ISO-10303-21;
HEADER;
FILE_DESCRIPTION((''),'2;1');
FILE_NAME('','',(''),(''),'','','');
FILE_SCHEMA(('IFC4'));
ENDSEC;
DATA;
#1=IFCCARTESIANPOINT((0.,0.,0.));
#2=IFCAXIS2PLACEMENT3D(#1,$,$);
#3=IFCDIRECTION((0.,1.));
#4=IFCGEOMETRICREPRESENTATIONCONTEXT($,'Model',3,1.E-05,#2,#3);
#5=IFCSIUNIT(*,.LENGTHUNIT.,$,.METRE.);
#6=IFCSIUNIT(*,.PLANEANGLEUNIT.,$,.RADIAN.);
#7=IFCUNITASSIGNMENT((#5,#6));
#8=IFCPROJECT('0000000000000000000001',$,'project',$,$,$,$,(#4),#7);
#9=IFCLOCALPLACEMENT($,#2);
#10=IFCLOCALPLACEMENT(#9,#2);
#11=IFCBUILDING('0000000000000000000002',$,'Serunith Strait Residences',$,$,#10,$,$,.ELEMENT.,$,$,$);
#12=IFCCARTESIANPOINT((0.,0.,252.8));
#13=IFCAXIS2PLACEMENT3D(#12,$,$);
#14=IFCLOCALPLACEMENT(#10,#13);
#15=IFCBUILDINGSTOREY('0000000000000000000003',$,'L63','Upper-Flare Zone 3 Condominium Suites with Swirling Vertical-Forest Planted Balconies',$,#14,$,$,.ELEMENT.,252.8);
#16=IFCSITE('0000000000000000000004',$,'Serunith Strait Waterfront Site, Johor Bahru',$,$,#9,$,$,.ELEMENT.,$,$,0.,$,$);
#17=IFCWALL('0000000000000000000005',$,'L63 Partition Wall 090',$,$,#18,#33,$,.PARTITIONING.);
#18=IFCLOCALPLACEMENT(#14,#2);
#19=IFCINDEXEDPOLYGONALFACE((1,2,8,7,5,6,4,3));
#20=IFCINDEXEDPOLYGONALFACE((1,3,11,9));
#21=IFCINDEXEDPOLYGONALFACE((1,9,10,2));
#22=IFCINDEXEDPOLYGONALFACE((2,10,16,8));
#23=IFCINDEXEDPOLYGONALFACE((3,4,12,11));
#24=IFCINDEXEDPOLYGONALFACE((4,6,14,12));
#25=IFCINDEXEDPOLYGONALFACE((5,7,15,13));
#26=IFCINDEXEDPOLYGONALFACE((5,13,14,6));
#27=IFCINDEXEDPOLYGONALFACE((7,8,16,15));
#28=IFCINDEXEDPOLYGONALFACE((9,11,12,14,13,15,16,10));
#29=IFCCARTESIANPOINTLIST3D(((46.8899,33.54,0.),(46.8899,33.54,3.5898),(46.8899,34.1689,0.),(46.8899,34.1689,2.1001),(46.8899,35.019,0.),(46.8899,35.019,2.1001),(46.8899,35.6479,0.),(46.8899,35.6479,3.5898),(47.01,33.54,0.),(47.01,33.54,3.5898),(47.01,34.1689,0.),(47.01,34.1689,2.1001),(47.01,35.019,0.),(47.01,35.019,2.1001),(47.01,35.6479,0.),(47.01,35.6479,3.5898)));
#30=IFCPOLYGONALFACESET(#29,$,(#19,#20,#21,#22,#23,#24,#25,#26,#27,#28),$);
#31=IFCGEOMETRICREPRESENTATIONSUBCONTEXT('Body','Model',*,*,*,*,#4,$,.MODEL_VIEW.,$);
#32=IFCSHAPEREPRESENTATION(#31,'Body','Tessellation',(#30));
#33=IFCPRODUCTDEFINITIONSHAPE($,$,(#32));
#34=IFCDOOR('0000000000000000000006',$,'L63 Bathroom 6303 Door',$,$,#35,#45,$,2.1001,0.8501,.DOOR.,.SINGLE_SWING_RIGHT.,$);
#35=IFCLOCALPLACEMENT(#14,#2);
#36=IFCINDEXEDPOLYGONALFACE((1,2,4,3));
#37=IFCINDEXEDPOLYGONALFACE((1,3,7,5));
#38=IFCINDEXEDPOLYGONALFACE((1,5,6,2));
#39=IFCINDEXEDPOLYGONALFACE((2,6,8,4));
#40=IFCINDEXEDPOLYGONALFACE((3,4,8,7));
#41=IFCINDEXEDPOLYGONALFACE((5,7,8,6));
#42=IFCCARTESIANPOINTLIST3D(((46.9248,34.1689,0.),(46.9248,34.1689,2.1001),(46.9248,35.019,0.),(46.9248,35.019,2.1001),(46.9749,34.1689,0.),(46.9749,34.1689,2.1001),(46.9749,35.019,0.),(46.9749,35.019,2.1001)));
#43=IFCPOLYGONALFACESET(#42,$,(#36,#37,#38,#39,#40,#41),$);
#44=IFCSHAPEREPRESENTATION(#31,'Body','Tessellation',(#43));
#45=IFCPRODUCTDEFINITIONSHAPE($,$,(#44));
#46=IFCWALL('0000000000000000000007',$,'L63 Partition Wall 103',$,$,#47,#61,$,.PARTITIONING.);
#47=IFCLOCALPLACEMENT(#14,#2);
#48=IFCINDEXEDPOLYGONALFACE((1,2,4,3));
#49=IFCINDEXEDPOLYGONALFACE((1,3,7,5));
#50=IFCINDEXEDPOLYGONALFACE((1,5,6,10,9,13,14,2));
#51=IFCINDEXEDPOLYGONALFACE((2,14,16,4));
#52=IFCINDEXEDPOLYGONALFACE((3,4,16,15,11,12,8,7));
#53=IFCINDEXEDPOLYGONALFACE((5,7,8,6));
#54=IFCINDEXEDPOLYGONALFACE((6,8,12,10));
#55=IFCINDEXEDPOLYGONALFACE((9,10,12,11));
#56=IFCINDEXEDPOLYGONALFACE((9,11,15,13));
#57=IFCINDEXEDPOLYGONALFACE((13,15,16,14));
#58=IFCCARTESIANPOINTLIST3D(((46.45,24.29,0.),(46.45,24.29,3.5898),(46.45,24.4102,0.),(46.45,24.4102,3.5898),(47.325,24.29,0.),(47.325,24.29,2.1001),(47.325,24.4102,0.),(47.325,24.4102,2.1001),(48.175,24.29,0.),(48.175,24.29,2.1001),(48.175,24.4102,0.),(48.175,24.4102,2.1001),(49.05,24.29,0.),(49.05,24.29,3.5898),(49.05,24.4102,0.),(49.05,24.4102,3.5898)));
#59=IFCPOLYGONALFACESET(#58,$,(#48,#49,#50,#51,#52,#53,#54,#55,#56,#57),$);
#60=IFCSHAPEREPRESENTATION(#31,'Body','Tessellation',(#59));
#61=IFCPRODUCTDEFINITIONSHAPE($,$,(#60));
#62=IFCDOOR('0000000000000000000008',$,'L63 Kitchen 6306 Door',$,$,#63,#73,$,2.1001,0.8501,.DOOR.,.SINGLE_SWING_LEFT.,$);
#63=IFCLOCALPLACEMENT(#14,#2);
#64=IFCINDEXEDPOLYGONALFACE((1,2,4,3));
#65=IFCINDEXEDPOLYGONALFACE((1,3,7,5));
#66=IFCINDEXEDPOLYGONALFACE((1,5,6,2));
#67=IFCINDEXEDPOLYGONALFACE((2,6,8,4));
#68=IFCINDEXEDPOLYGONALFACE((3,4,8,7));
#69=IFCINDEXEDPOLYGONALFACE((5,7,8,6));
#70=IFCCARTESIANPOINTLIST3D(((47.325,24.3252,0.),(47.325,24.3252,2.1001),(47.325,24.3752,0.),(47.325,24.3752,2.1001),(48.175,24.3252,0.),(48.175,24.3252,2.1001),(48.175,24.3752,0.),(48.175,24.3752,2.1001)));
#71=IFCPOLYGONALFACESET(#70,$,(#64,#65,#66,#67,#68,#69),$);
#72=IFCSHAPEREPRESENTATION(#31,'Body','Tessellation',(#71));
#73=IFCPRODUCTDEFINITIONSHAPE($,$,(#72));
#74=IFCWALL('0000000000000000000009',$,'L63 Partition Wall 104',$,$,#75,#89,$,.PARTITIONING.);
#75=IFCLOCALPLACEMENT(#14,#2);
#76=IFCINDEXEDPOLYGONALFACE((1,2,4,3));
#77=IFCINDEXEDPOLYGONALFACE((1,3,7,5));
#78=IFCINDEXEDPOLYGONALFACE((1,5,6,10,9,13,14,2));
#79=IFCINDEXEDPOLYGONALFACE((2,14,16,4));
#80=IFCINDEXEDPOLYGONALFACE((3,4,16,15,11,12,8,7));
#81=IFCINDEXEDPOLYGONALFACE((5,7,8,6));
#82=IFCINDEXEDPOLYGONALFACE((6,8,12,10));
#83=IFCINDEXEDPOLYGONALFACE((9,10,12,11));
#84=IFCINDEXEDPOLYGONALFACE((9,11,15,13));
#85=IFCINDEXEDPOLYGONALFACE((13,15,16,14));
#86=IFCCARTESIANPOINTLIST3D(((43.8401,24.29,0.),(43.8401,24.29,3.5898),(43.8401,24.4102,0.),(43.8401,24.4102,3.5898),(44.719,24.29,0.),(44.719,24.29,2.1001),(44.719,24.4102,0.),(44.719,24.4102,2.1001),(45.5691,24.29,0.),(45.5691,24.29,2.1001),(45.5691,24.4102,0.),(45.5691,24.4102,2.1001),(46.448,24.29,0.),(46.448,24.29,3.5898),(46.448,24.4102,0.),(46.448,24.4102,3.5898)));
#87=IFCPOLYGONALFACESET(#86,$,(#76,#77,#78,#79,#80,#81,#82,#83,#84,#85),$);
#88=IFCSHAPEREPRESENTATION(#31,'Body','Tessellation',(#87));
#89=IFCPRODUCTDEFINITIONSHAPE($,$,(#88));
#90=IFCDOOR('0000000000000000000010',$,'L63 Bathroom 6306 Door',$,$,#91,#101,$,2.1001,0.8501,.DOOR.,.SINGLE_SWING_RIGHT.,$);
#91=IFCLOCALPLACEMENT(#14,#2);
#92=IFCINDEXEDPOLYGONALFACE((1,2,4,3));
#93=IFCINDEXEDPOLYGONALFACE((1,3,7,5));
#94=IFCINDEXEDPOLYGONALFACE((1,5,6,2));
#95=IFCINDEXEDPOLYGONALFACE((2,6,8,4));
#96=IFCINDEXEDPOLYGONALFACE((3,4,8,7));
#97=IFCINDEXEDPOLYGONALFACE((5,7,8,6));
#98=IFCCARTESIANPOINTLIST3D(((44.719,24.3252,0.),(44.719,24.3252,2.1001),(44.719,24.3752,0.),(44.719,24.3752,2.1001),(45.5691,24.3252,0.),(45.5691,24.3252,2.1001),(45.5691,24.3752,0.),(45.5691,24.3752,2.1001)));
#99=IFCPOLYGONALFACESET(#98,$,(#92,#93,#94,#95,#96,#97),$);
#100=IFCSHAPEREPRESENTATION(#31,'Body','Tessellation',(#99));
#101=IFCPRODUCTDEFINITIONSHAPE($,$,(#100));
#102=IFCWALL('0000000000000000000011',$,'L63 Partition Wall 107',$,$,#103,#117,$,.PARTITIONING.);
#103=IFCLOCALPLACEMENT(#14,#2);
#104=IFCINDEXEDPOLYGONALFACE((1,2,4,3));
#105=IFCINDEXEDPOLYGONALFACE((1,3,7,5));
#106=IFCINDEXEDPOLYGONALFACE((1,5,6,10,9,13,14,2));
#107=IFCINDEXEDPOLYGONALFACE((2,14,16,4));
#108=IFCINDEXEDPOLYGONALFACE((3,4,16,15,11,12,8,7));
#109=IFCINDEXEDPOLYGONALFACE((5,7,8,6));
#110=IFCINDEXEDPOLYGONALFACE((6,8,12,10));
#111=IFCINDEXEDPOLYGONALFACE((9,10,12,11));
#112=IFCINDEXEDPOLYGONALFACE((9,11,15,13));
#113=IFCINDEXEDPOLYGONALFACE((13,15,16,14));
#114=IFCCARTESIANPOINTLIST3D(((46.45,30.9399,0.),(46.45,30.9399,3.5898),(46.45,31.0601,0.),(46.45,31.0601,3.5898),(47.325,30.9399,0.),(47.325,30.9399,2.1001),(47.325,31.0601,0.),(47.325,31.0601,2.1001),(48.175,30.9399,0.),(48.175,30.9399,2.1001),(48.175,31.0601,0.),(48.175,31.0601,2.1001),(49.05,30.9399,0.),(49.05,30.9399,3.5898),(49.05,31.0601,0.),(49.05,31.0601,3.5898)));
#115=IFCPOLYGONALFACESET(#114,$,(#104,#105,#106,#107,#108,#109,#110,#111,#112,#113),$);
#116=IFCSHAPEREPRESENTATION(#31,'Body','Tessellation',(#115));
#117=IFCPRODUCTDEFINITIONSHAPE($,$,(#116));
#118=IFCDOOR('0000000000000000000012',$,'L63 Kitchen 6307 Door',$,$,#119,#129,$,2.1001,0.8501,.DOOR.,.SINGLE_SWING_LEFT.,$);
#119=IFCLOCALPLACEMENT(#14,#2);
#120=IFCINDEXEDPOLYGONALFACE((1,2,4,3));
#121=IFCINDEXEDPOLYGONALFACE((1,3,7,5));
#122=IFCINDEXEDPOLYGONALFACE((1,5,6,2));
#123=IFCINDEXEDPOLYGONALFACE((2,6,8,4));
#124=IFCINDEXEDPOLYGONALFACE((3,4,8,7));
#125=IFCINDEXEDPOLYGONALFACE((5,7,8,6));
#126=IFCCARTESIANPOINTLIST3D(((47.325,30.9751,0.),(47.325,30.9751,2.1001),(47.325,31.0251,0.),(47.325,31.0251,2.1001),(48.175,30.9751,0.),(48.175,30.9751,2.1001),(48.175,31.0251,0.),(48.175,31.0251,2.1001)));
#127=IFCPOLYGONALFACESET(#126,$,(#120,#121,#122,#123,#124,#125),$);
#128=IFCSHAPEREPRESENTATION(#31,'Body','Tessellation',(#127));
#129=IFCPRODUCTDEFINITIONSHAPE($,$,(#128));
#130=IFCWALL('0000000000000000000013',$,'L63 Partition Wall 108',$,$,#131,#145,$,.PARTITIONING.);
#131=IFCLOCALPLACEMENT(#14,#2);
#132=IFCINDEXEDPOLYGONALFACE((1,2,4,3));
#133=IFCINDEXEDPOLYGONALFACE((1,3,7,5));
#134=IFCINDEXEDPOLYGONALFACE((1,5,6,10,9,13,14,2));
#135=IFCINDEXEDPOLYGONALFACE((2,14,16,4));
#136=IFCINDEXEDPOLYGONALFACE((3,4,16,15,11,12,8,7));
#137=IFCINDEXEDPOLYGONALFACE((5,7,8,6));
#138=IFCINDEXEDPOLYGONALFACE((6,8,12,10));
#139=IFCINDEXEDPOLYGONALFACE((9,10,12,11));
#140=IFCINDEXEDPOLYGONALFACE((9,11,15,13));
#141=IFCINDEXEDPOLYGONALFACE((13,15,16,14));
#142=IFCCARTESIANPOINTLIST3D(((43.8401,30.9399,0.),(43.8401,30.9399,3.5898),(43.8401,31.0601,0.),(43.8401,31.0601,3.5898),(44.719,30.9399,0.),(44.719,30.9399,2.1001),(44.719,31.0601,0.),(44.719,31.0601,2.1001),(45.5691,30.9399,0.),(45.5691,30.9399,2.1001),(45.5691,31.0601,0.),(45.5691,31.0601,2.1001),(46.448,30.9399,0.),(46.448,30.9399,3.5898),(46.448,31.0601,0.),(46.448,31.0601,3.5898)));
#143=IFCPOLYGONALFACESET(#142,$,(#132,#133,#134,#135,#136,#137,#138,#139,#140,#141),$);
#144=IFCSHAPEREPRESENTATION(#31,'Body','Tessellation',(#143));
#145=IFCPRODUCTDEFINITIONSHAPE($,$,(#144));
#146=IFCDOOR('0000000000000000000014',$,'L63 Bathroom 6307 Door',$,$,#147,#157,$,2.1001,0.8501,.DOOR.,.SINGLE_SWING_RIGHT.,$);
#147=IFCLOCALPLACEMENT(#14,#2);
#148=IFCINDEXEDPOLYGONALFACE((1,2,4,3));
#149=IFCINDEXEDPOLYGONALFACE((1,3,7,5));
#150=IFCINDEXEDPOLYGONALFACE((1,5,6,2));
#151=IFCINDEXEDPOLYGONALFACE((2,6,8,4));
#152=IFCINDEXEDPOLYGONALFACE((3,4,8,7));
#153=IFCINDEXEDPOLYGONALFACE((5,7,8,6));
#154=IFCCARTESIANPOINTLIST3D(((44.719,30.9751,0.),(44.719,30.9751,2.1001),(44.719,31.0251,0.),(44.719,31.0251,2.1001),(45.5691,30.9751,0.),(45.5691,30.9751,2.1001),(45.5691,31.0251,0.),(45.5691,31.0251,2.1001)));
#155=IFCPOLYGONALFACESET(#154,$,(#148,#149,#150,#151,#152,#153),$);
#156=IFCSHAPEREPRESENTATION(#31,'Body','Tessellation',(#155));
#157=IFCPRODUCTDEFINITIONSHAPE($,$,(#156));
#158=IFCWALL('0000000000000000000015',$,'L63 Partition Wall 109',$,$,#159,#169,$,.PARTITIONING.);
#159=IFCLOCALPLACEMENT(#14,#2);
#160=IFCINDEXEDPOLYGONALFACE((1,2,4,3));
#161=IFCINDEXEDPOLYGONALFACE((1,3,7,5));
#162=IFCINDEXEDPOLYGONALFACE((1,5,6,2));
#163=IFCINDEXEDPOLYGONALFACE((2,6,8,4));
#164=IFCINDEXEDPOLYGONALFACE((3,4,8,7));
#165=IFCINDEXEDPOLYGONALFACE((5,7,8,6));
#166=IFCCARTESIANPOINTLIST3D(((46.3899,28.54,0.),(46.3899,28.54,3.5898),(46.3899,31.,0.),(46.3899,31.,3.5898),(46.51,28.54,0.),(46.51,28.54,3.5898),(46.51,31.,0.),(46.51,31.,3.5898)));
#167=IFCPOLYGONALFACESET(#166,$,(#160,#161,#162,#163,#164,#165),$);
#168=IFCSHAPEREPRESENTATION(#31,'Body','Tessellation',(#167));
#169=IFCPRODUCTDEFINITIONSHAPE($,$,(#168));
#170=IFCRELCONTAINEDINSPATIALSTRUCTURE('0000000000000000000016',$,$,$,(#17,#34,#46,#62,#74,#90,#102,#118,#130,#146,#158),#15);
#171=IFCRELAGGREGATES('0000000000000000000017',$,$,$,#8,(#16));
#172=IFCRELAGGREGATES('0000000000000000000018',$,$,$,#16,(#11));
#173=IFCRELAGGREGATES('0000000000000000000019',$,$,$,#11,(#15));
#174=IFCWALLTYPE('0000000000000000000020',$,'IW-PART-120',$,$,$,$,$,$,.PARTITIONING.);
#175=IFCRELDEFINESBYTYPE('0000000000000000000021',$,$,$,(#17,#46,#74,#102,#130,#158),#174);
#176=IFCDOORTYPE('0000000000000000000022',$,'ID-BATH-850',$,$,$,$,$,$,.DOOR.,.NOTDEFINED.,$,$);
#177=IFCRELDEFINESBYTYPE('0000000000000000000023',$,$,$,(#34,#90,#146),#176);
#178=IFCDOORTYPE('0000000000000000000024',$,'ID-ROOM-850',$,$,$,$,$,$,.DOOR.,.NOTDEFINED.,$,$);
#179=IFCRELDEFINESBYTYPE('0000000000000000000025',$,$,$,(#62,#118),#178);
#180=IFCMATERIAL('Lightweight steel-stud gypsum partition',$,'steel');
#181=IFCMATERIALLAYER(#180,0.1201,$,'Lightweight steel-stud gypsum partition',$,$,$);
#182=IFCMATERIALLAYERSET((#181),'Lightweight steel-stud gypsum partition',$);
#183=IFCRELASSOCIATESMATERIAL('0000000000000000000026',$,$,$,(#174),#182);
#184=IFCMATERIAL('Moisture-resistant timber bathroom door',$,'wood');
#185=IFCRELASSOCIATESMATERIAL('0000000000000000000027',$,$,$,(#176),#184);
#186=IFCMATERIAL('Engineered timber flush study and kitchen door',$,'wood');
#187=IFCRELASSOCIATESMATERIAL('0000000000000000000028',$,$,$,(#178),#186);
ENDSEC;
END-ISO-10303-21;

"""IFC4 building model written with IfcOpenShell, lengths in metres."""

from ifc_helpers import new_model, si_unit, direction, frame, frame_2d, origin, place, context, subcontext, project, spatial, rectangle, extrude, source, transform, mapped, material, layer, layer_set, type_object, element, fill, save


model = new_model("IFC4")

# Units and contexts
model_context = context("Model", 3, precision=1e-05, world=origin(), true_north=direction((0.0, 1.0)))
body_context = subcontext(model_context, "Body", "Model", "MODEL_VIEW")
ifc_project = project(units=[si_unit("LENGTHUNIT", "METRE"), si_unit("PLANEANGLEUNIT", "RADIAN")], contexts=[model_context])

# Site, building, storey
site_placement = place(None, origin())
site = spatial("IfcSite", under=ifc_project, at=site_placement, Name="Serunith Strait Waterfront Site, Johor Bahru", CompositionType="ELEMENT", RefElevation=0.0)
building_placement = place(site_placement, origin())
building = spatial("IfcBuilding", under=site, at=building_placement, Name="Serunith Strait Residences", CompositionType="ELEMENT")
storey_placement = place(building_placement, frame((0.0, 0.0, 252.8)))
storey = spatial("IfcBuildingStorey", under=building, at=storey_placement, Name="L63", Description="Upper-Flare Zone 3 Condominium Suites with Swirling Vertical-Forest Planted Balconies", CompositionType="ELEMENT", Elevation=252.8)

# Shared definitions
ifc_material_1 = material(Name="Lightweight steel-stud gypsum partition", Category="steel")
ifc_layer_1 = layer(ifc_material_1, 0.1201, Name="Lightweight steel-stud gypsum partition")
ifc_layer_set_1 = layer_set([ifc_layer_1], Name="Lightweight steel-stud gypsum partition")
wall_type_1 = type_object("IfcWallType", Name="IW-PART-120", PredefinedType="PARTITIONING", material=ifc_layer_set_1)

# Walls, openings, doors
wall_1_placement = place(storey_placement, frame((46.95, 35.6479, 0.0), z_axis=(0.0, 0.0, 1.0), x_axis=(0.0, -1.0, 0.0)))
wall_1 = element("IfcWall", 1, at=wall_1_placement, inside=storey, type_object=wall_type_1, Name="L63 Partition Wall 090", PredefinedType="PARTITIONING", context=body_context, shape_type="SweptSolid", body=[
    extrude(rectangle(XDim=2.1079, YDim=0.1201, at=frame_2d((1.054, 0.0))), origin(), (0.0, 0.0, 1.0), 3.5898),
])
opening_1_placement = place(wall_1_placement, frame((0.6289, 0.0, 0.0)))
opening_1 = element("IfcOpeningElement", 2, at=opening_1_placement, cuts=wall_1, PredefinedType="OPENING", context=body_context, shape_type="SweptSolid", body=[
    extrude(rectangle(XDim=0.8501, YDim=2.1001, at=frame_2d((0.425, 1.05))), frame((0.0, 0.0701, 0.0), z_axis=(0.0, -1.0, 0.0), x_axis=(1.0, 0.0, 0.0)), (0.0, 0.0, 1.0), 0.1401),
])
ifc_material_2 = material(Name="Moisture-resistant timber bathroom door", Category="wood")
door_type_1 = type_object("IfcDoorType", Name="ID-BATH-850", OperationType="NOTDEFINED", PredefinedType="DOOR", material=ifc_material_2)
shared_shape_1 = source(origin(), body_context, "Body", "SweptSolid", [
    extrude(rectangle(XDim=0.8501, YDim=2.1001, at=frame_2d((0.425, 1.05))), frame((0.0, 0.0249, 0.0), z_axis=(0.0, -1.0, 0.0), x_axis=(1.0, 0.0, 0.0)), (0.0, 0.0, 1.0), 0.05),
])
door_1_placement = place(opening_1_placement, origin())
door_1 = element("IfcDoor", 3, at=door_1_placement, inside=storey, type_object=door_type_1, Name="L63 Bathroom 6303 Door", OperationType="SINGLE_SWING_RIGHT", OverallHeight=2.1001, OverallWidth=0.8501, PredefinedType="DOOR", context=body_context, shape_type="MappedRepresentation", body=[
    mapped(shared_shape_1, transform((0.0, 0.0, 0.0), scale=1.0)),
])
fill(opening_1, door_1)
wall_2_placement = place(storey_placement, frame((49.05, 24.3501, 0.0), z_axis=(0.0, 0.0, 1.0), x_axis=(-1.0, 0.0, 0.0)))
wall_2 = element("IfcWall", 4, at=wall_2_placement, inside=storey, type_object=wall_type_1, Name="L63 Partition Wall 103", PredefinedType="PARTITIONING", context=body_context, shape_type="SweptSolid", body=[
    extrude(rectangle(XDim=2.6001, YDim=0.1201, at=frame_2d((1.3, 0.0))), origin(), (0.0, 0.0, 1.0), 3.5898),
])
opening_2_placement = place(wall_2_placement, frame((0.875, 0.0, 0.0)))
opening_2 = element("IfcOpeningElement", 5, at=opening_2_placement, cuts=wall_2, PredefinedType="OPENING", context=body_context, shape_type="SweptSolid", body=[
    extrude(rectangle(XDim=0.8501, YDim=2.1001, at=frame_2d((0.425, 1.05))), frame((0.0, 0.0701, 0.0), z_axis=(0.0, -1.0, 0.0), x_axis=(1.0, 0.0, 0.0)), (0.0, 0.0, 1.0), 0.1401),
])
ifc_material_3 = material(Name="Engineered timber flush study and kitchen door", Category="wood")
door_type_2 = type_object("IfcDoorType", Name="ID-ROOM-850", OperationType="NOTDEFINED", PredefinedType="DOOR", material=ifc_material_3)
door_2_placement = place(opening_2_placement, origin())
door_2 = element("IfcDoor", 6, at=door_2_placement, inside=storey, type_object=door_type_2, Name="L63 Kitchen 6306 Door", OperationType="SINGLE_SWING_LEFT", OverallHeight=2.1001, OverallWidth=0.8501, PredefinedType="DOOR", context=body_context, shape_type="MappedRepresentation", body=[
    mapped(shared_shape_1, transform((0.0, 0.0, 0.0), scale=1.0)),
])
fill(opening_2, door_2)
wall_3_placement = place(storey_placement, frame((46.448, 24.3501, 0.0), z_axis=(0.0, 0.0, 1.0), x_axis=(-1.0, 0.0, 0.0)))
wall_3 = element("IfcWall", 7, at=wall_3_placement, inside=storey, type_object=wall_type_1, Name="L63 Partition Wall 104", PredefinedType="PARTITIONING", context=body_context, shape_type="SweptSolid", body=[
    extrude(rectangle(XDim=2.6079, YDim=0.1201, at=frame_2d((1.304, 0.0))), origin(), (0.0, 0.0, 1.0), 3.5898),
])
opening_3_placement = place(wall_3_placement, frame((0.8789, 0.0, 0.0)))
opening_3 = element("IfcOpeningElement", 8, at=opening_3_placement, cuts=wall_3, PredefinedType="OPENING", context=body_context, shape_type="SweptSolid", body=[
    extrude(rectangle(XDim=0.8501, YDim=2.1001, at=frame_2d((0.425, 1.05))), frame((0.0, 0.0701, 0.0), z_axis=(0.0, -1.0, 0.0), x_axis=(1.0, 0.0, 0.0)), (0.0, 0.0, 1.0), 0.1401),
])
door_3_placement = place(opening_3_placement, origin())
door_3 = element("IfcDoor", 9, at=door_3_placement, inside=storey, type_object=door_type_1, Name="L63 Bathroom 6306 Door", OperationType="SINGLE_SWING_RIGHT", OverallHeight=2.1001, OverallWidth=0.8501, PredefinedType="DOOR", context=body_context, shape_type="MappedRepresentation", body=[
    mapped(shared_shape_1, transform((0.0, 0.0, 0.0), scale=1.0)),
])
fill(opening_3, door_3)
wall_4_placement = place(storey_placement, frame((49.05, 31.0, 0.0), z_axis=(0.0, 0.0, 1.0), x_axis=(-1.0, 0.0, 0.0)))
wall_4 = element("IfcWall", 10, at=wall_4_placement, inside=storey, type_object=wall_type_1, Name="L63 Partition Wall 107", PredefinedType="PARTITIONING", context=body_context, shape_type="SweptSolid", body=[
    extrude(rectangle(XDim=2.6001, YDim=0.1201, at=frame_2d((1.3, 0.0))), origin(), (0.0, 0.0, 1.0), 3.5898),
])
opening_4_placement = place(wall_4_placement, frame((0.875, 0.0, 0.0)))
opening_4 = element("IfcOpeningElement", 11, at=opening_4_placement, cuts=wall_4, PredefinedType="OPENING", context=body_context, shape_type="SweptSolid", body=[
    extrude(rectangle(XDim=0.8501, YDim=2.1001, at=frame_2d((0.425, 1.05))), frame((0.0, 0.0701, 0.0), z_axis=(0.0, -1.0, 0.0), x_axis=(1.0, 0.0, 0.0)), (0.0, 0.0, 1.0), 0.1401),
])
door_4_placement = place(opening_4_placement, origin())
door_4 = element("IfcDoor", 12, at=door_4_placement, inside=storey, type_object=door_type_2, Name="L63 Kitchen 6307 Door", OperationType="SINGLE_SWING_LEFT", OverallHeight=2.1001, OverallWidth=0.8501, PredefinedType="DOOR", context=body_context, shape_type="MappedRepresentation", body=[
    mapped(shared_shape_1, transform((0.0, 0.0, 0.0), scale=1.0)),
])
fill(opening_4, door_4)
wall_5_placement = place(storey_placement, frame((46.448, 31.0, 0.0), z_axis=(0.0, 0.0, 1.0), x_axis=(-1.0, 0.0, 0.0)))
wall_5 = element("IfcWall", 13, at=wall_5_placement, inside=storey, type_object=wall_type_1, Name="L63 Partition Wall 108", PredefinedType="PARTITIONING", context=body_context, shape_type="SweptSolid", body=[
    extrude(rectangle(XDim=2.6079, YDim=0.1201, at=frame_2d((1.304, 0.0))), origin(), (0.0, 0.0, 1.0), 3.5898),
])
opening_5_placement = place(wall_5_placement, frame((0.8789, 0.0, 0.0)))
opening_5 = element("IfcOpeningElement", 14, at=opening_5_placement, cuts=wall_5, PredefinedType="OPENING", context=body_context, shape_type="SweptSolid", body=[
    extrude(rectangle(XDim=0.8501, YDim=2.1001, at=frame_2d((0.425, 1.05))), frame((0.0, 0.0701, 0.0), z_axis=(0.0, -1.0, 0.0), x_axis=(1.0, 0.0, 0.0)), (0.0, 0.0, 1.0), 0.1401),
])
door_5_placement = place(opening_5_placement, origin())
door_5 = element("IfcDoor", 15, at=door_5_placement, inside=storey, type_object=door_type_1, Name="L63 Bathroom 6307 Door", OperationType="SINGLE_SWING_RIGHT", OverallHeight=2.1001, OverallWidth=0.8501, PredefinedType="DOOR", context=body_context, shape_type="MappedRepresentation", body=[
    mapped(shared_shape_1, transform((0.0, 0.0, 0.0), scale=1.0)),
])
fill(opening_5, door_5)

# Wall
for number, where, z_axis, x_axis, name in (
    (16, (46.45, 28.54, 0.0), (0.0, 0.0, 1.0), (0.0, 1.0, 0.0), "L63 Partition Wall 109"),
):
    element("IfcWall", number, at=place(storey_placement, frame(where, z_axis=z_axis, x_axis=x_axis)), inside=storey, type_object=wall_type_1, Name=name, PredefinedType="PARTITIONING", context=body_context, shape_type="SweptSolid", body=[
        extrude(rectangle(XDim=2.46, YDim=0.1201, at=frame_2d((1.23, 0.0))), origin(), (0.0, 0.0, 1.0), 3.5898),
    ])

save(model, "model.ifc")
